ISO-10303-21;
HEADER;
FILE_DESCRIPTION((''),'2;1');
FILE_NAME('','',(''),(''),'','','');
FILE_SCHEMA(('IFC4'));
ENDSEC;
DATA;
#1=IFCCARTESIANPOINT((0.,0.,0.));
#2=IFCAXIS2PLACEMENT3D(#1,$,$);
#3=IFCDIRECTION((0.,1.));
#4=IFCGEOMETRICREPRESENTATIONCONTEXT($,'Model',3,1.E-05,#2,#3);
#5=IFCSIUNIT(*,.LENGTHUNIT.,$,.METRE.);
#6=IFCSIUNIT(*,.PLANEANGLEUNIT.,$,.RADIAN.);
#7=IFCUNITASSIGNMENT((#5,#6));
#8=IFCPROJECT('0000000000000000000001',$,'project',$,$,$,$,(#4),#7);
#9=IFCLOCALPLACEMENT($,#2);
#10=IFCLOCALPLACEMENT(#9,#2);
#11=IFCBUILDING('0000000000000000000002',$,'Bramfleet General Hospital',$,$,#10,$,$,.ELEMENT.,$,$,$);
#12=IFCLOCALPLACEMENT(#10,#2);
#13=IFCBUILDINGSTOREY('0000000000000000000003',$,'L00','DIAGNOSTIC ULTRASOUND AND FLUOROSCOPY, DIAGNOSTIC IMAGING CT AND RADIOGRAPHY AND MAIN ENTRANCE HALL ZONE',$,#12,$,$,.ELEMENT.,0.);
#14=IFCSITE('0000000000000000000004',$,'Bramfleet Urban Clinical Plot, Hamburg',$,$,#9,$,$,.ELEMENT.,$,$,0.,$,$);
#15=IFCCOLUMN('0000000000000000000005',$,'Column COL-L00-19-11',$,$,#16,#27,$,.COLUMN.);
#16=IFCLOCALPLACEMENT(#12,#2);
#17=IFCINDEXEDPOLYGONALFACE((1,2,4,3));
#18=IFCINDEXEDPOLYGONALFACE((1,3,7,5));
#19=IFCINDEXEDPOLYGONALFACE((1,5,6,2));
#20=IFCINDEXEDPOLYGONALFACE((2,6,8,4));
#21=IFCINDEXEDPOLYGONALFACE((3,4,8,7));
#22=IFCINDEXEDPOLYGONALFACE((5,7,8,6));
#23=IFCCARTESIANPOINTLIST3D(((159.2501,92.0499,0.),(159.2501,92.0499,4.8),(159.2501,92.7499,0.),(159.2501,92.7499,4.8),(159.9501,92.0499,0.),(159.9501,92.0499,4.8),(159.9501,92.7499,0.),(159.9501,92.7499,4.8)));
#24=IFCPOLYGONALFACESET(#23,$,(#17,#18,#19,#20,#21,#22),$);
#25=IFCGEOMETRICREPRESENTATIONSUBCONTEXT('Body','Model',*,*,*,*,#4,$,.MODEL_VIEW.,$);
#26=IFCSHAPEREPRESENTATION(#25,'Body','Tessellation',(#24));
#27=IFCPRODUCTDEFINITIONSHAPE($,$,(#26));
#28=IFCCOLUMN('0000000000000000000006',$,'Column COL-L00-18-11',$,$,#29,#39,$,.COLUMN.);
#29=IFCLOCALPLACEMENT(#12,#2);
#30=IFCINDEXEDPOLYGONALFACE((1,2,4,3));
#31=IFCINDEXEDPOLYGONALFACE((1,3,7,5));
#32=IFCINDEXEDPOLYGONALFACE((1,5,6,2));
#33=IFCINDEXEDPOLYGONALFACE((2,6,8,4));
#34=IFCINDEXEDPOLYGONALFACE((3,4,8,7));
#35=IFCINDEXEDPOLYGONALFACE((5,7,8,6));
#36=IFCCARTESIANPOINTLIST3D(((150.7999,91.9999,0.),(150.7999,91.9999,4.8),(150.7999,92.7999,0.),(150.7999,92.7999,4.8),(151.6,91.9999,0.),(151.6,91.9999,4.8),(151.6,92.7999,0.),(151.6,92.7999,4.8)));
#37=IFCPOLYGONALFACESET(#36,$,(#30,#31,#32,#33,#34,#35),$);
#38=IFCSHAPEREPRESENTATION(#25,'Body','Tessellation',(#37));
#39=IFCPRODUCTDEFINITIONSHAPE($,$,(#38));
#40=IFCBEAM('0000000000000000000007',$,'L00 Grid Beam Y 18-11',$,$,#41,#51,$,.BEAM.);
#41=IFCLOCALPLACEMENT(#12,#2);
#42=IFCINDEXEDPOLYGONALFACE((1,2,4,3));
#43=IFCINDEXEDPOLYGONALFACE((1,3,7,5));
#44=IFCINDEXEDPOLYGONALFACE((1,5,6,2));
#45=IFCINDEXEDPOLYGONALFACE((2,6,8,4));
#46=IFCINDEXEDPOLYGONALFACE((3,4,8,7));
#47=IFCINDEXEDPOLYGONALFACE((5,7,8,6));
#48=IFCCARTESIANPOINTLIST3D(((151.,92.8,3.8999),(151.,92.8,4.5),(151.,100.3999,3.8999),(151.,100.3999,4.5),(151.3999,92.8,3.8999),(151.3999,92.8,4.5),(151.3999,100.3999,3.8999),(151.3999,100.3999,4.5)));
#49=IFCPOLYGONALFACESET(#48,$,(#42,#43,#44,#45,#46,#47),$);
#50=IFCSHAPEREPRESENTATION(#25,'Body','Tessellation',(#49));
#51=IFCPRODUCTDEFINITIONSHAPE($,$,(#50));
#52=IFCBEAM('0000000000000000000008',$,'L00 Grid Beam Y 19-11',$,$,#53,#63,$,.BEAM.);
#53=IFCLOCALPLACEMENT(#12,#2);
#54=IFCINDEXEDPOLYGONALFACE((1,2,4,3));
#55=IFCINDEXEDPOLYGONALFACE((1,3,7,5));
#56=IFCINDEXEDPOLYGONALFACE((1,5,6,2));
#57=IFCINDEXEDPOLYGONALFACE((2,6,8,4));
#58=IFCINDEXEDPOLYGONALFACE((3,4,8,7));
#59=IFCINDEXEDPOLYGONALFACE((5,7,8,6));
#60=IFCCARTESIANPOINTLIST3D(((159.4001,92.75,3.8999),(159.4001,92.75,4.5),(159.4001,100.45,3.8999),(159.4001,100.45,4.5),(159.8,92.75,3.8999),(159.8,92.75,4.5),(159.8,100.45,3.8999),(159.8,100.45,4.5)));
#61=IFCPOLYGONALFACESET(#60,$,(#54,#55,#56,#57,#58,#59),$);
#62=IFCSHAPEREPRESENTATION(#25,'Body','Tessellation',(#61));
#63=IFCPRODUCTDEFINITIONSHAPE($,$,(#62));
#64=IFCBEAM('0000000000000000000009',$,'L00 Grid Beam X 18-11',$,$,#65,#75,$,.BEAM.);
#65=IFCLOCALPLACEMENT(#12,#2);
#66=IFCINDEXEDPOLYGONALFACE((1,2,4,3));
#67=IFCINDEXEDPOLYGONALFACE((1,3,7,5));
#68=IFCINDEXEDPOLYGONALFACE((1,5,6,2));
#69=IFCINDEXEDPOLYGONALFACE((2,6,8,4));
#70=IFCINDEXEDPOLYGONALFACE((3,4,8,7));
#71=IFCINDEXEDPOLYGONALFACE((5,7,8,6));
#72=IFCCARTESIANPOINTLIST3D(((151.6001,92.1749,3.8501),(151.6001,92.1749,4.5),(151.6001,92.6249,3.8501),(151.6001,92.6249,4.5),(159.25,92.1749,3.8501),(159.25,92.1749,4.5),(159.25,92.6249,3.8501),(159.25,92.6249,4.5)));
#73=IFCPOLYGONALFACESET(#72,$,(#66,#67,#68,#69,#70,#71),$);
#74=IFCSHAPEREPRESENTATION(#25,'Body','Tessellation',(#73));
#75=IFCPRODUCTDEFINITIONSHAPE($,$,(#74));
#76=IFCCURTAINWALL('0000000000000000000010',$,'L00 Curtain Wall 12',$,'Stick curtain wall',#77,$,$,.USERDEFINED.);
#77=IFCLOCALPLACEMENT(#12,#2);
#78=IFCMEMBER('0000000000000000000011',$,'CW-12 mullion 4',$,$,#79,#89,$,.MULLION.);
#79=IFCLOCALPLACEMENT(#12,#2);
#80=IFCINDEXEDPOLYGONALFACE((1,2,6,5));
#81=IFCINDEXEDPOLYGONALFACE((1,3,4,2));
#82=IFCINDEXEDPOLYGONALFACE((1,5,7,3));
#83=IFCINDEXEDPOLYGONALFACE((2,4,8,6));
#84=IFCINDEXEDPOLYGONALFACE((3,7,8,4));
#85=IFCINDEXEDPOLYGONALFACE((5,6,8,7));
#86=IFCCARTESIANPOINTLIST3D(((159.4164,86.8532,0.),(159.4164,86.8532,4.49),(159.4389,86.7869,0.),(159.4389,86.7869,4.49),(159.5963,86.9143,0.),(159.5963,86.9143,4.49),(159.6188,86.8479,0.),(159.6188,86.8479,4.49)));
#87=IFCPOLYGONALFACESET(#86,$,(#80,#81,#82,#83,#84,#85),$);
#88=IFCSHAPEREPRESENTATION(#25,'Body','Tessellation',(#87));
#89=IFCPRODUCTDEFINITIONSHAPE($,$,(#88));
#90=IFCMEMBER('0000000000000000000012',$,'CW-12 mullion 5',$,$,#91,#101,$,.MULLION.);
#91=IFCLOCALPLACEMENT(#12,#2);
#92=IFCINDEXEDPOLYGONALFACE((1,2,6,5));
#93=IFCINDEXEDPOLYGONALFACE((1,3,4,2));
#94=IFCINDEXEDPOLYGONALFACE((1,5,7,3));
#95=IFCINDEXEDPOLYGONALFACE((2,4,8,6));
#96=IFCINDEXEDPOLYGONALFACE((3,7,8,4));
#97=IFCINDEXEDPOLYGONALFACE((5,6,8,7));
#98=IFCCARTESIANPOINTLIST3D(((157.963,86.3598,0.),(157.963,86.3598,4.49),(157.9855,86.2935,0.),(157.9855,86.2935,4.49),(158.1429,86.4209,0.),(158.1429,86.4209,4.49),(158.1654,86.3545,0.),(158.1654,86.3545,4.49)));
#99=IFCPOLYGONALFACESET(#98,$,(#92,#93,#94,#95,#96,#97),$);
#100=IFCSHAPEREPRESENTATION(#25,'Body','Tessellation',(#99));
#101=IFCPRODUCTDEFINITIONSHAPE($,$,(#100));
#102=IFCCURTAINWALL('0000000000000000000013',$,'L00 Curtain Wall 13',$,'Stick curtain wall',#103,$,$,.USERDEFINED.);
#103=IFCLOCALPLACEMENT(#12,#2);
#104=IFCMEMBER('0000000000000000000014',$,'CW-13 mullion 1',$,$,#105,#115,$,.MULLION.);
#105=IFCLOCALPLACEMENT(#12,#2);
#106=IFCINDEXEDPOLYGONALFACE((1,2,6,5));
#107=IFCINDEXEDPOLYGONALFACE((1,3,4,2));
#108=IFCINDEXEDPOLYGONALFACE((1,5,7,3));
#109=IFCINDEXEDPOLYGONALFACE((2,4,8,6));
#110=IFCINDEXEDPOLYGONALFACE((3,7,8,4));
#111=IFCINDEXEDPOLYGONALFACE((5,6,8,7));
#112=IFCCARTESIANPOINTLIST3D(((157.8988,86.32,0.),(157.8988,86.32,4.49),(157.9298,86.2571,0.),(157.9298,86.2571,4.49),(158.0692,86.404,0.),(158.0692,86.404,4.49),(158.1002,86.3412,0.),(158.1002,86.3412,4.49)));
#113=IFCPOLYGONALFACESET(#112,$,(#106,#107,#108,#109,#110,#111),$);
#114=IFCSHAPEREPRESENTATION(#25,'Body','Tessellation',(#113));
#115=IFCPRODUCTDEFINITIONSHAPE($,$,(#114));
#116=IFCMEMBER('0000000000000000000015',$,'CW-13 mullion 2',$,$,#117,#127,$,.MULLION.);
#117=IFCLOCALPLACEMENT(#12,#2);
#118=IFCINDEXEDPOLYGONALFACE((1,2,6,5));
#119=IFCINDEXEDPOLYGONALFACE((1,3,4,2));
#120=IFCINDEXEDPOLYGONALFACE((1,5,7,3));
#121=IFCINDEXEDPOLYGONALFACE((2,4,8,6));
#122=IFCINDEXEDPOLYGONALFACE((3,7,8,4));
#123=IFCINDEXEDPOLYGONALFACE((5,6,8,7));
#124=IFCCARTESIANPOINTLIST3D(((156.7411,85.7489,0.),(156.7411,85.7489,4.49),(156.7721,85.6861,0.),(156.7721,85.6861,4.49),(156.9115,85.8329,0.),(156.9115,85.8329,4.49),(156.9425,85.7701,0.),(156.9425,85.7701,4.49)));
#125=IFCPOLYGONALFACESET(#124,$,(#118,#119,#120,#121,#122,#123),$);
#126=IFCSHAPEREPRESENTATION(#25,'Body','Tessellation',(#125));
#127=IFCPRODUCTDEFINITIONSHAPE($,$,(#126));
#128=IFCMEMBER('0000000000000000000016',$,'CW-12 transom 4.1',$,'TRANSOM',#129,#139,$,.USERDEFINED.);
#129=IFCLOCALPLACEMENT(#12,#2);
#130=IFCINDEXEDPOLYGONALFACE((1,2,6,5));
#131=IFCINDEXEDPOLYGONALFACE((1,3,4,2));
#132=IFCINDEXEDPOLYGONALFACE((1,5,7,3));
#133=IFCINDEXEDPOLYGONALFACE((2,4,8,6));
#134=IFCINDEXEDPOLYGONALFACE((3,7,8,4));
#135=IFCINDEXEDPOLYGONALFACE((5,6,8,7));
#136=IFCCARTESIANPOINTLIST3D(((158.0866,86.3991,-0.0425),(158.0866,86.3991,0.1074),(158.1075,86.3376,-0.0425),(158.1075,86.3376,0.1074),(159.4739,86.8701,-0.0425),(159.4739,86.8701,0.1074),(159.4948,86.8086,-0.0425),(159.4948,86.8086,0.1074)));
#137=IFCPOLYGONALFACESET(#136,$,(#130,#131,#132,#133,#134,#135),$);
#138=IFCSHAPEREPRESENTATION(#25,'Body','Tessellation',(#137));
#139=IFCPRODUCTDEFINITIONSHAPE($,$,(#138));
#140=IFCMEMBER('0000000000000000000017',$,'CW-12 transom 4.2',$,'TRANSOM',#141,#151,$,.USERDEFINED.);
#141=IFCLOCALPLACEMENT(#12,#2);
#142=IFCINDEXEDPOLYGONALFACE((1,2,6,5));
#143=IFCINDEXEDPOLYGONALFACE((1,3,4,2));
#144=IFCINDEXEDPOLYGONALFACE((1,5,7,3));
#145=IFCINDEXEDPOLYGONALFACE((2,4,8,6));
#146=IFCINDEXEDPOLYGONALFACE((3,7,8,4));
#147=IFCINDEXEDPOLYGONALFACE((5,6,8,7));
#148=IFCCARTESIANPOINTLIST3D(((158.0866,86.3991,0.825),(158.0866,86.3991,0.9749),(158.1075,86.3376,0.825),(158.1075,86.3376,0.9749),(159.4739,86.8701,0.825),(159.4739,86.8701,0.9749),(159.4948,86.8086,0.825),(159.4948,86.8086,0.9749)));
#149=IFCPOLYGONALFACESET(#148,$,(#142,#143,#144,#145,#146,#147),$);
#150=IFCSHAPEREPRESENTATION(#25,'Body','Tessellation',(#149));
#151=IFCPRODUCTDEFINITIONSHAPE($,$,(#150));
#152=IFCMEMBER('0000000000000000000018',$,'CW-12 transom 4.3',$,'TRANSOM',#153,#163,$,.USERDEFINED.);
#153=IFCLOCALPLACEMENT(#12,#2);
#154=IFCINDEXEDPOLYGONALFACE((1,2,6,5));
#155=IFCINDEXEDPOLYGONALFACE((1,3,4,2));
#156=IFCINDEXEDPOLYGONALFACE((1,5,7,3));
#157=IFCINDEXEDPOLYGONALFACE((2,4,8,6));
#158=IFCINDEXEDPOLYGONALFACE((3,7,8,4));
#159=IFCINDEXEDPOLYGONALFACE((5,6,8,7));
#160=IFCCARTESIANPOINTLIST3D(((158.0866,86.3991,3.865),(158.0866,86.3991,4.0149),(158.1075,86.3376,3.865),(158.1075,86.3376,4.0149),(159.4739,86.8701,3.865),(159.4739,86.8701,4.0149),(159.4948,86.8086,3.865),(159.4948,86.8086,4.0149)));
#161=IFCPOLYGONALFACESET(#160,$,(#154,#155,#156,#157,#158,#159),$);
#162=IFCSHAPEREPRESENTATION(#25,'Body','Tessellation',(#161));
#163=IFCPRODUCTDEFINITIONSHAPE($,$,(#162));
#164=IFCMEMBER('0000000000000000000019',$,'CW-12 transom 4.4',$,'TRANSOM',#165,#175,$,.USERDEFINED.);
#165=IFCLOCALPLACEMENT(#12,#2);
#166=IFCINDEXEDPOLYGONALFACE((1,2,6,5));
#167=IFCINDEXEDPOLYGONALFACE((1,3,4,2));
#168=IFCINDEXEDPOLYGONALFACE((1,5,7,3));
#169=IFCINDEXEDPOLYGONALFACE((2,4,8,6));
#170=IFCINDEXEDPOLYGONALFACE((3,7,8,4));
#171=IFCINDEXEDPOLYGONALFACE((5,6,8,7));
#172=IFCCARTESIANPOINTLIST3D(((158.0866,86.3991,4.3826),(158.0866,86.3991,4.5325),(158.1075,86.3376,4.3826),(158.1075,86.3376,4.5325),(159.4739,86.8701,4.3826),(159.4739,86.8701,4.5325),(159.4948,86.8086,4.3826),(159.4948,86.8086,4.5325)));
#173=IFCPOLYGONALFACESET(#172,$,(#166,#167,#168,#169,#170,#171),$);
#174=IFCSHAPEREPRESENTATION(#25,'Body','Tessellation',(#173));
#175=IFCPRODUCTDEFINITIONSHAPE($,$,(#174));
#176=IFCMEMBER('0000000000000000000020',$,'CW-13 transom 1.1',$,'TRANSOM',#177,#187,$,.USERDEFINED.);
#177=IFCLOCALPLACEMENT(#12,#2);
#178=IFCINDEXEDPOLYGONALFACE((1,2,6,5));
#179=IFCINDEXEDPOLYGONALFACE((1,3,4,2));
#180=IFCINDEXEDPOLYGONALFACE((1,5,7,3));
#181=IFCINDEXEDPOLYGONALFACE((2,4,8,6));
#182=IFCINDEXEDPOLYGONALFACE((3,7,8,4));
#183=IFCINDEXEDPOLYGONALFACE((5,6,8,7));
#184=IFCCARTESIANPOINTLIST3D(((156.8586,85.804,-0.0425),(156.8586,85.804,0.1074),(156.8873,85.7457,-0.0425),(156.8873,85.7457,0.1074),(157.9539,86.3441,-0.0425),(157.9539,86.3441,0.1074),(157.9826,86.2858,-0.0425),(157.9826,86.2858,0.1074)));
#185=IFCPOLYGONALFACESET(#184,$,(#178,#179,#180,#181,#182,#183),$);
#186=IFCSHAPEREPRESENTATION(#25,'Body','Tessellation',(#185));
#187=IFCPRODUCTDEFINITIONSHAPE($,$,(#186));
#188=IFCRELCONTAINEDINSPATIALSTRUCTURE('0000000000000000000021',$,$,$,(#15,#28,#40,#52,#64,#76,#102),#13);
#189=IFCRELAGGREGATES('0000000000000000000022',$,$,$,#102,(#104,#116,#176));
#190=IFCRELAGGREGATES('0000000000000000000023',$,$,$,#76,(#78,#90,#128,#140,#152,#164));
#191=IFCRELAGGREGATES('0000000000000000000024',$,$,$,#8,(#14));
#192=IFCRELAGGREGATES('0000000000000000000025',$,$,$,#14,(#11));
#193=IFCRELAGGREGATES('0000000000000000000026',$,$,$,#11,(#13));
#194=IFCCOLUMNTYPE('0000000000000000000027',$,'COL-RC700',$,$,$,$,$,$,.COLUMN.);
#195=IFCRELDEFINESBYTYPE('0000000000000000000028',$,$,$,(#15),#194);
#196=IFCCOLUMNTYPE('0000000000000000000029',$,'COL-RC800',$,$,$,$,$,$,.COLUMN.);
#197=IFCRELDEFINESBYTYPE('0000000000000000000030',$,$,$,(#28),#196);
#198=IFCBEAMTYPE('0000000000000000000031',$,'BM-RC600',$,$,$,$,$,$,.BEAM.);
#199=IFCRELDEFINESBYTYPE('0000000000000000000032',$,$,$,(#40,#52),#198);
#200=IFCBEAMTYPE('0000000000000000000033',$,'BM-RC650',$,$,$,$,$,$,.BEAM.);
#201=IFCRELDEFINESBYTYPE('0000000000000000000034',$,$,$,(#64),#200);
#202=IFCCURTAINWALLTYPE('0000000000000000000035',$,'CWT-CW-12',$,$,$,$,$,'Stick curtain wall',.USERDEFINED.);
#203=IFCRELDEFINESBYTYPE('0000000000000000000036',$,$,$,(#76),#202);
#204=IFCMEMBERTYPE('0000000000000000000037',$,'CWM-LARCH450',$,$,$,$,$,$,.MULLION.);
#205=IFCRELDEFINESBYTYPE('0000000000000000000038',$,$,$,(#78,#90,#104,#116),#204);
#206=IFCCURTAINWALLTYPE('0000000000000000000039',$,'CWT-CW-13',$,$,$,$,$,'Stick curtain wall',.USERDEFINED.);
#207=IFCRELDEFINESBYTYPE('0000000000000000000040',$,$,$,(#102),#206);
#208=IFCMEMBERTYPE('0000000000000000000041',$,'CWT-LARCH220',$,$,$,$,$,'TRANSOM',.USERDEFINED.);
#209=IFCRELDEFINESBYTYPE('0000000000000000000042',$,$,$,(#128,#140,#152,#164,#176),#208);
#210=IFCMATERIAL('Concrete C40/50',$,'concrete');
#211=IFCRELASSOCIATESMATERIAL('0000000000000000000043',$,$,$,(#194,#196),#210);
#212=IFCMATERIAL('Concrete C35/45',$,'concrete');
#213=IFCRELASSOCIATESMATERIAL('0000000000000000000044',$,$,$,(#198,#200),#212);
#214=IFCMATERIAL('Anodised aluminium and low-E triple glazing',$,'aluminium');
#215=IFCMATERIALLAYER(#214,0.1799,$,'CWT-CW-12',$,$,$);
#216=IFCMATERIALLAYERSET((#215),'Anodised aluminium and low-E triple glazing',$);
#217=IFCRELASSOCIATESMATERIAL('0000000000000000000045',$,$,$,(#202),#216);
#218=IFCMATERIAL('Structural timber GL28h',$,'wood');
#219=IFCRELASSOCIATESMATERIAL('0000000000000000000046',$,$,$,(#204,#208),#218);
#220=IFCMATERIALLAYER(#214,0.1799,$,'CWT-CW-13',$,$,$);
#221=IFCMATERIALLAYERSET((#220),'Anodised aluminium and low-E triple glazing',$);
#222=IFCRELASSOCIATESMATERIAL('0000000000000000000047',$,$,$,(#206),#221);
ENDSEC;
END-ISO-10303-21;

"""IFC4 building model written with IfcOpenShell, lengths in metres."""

from ifc_helpers import new_model, si_unit, direction, frame, origin, origin_2d, place, context, subcontext, project, spatial, rectangle, extrude, material, layer, layer_set, material_profile, profile_set, type_object, element, aggregate, save


model = new_model("IFC4")

# Units and contexts
model_context = context("Model", 3, precision=1e-05, world=origin(), true_north=direction((0.0, 1.0)))
body_context = subcontext(model_context, "Body", "Model", "MODEL_VIEW")
ifc_project = project(units=[si_unit("LENGTHUNIT", "METRE"), si_unit("PLANEANGLEUNIT", "RADIAN")], contexts=[model_context])

# Site, building, storey
site_placement = place(None, origin())
site = spatial("IfcSite", under=ifc_project, at=site_placement, Name="Bramfleet Urban Clinical Plot, Hamburg", CompositionType="ELEMENT", RefElevation=0.0)
building_placement = place(site_placement, origin())
building = spatial("IfcBuilding", under=site, at=building_placement, Name="Bramfleet General Hospital", CompositionType="ELEMENT")
storey_placement = place(building_placement, origin())
storey = spatial("IfcBuildingStorey", under=building, at=storey_placement, Name="L00", Description="DIAGNOSTIC ULTRASOUND AND FLUOROSCOPY, DIAGNOSTIC IMAGING CT AND RADIOGRAPHY AND MAIN ENTRANCE HALL ZONE", CompositionType="ELEMENT", Elevation=0.0)

# Columns
ifc_material_1 = material(Name="Concrete C40/50", Category="concrete")
ifc_material_profile_1 = material_profile(ifc_material_1, rectangle(XDim=0.7, YDim=0.7, at=origin_2d()), Name="RC COL 700x700")
ifc_profile_set_1 = profile_set([ifc_material_profile_1], Name="Concrete C40/50")
column_type_1 = type_object("IfcColumnType", Name="COL-RC700", PredefinedType="COLUMN", material=ifc_profile_set_1)
column_1_placement = place(storey_placement, frame((159.6001, 92.3999, 0.0), z_axis=(0.0, 0.0, 1.0), x_axis=(1.0, 0.0, 0.0)))
element("IfcColumn", 1, at=column_1_placement, inside=storey, type_object=column_type_1, Name="Column COL-L00-19-11", PredefinedType="COLUMN", context=body_context, shape_type="SweptSolid", body=[
    extrude(rectangle(XDim=0.7, YDim=0.7, at=origin_2d()), origin(), (0.0, 0.0, 1.0), 4.8),
])
ifc_material_profile_2 = material_profile(ifc_material_1, rectangle(XDim=0.8, YDim=0.8, at=origin_2d()), Name="RC COL 800x800")
ifc_profile_set_2 = profile_set([ifc_material_profile_2], Name="Concrete C40/50")
column_type_2 = type_object("IfcColumnType", Name="COL-RC800", PredefinedType="COLUMN", material=ifc_profile_set_2)
column_2_placement = place(storey_placement, frame((151.2, 92.3999, 0.0), z_axis=(0.0, 0.0, 1.0), x_axis=(1.0, 0.0, 0.0)))
element("IfcColumn", 2, at=column_2_placement, inside=storey, type_object=column_type_2, Name="Column COL-L00-18-11", PredefinedType="COLUMN", context=body_context, shape_type="SweptSolid", body=[
    extrude(rectangle(XDim=0.8, YDim=0.8, at=origin_2d()), origin(), (0.0, 0.0, 1.0), 4.8),
])

# Beams
ifc_material_2 = material(Name="Concrete C35/45", Category="concrete")
ifc_material_profile_3 = material_profile(ifc_material_2, rectangle(XDim=0.3999, YDim=0.6001, at=origin_2d()), Name="RC BM 600x400")
ifc_profile_set_3 = profile_set([ifc_material_profile_3], Name="Concrete C35/45")
beam_type_1 = type_object("IfcBeamType", Name="BM-RC600", PredefinedType="BEAM", material=ifc_profile_set_3)
beam_1_placement = place(storey_placement, frame((151.2, 92.8, 4.2), z_axis=(0.0, 1.0, 0.0), x_axis=(-1.0, 0.0, 0.0)))
element("IfcBeam", 3, at=beam_1_placement, inside=storey, type_object=beam_type_1, Name="L00 Grid Beam Y 18-11", PredefinedType="BEAM", context=body_context, shape_type="SweptSolid", body=[
    extrude(rectangle(XDim=0.3999, YDim=0.6001, at=origin_2d()), origin(), (0.0, 0.0, 1.0), 7.5999),
])
beam_2_placement = place(storey_placement, frame((159.6001, 92.75, 4.2), z_axis=(0.0, 1.0, 0.0), x_axis=(-1.0, 0.0, 0.0)))
element("IfcBeam", 4, at=beam_2_placement, inside=storey, type_object=beam_type_1, Name="L00 Grid Beam Y 19-11", PredefinedType="BEAM", context=body_context, shape_type="SweptSolid", body=[
    extrude(rectangle(XDim=0.3999, YDim=0.6001, at=origin_2d()), origin(), (0.0, 0.0, 1.0), 7.7),
])
ifc_material_profile_4 = material_profile(ifc_material_2, rectangle(XDim=0.45, YDim=0.6499, at=origin_2d()), Name="RC BM 650x450")
ifc_profile_set_4 = profile_set([ifc_material_profile_4], Name="Concrete C35/45")
beam_type_2 = type_object("IfcBeamType", Name="BM-RC650", PredefinedType="BEAM", material=ifc_profile_set_4)
beam_3_placement = place(storey_placement, frame((151.6001, 92.3999, 4.175), z_axis=(1.0, 0.0, 0.0), x_axis=(0.0, 1.0, 0.0)))
element("IfcBeam", 5, at=beam_3_placement, inside=storey, type_object=beam_type_2, Name="L00 Grid Beam X 18-11", PredefinedType="BEAM", context=body_context, shape_type="SweptSolid", body=[
    extrude(rectangle(XDim=0.45, YDim=0.6499, at=origin_2d()), origin(), (0.0, 0.0, 1.0), 7.6499),
])

# Curtain walls, members
ifc_material_3 = material(Name="Anodised aluminium and low-E triple glazing", Category="aluminium")
ifc_layer_1 = layer(ifc_material_3, 0.1799, Name="CWT-CW-12")
ifc_layer_set_1 = layer_set([ifc_layer_1], Name="Anodised aluminium and low-E triple glazing")
curtain_wall_type_1 = type_object("IfcCurtainWallType", Name="CWT-CW-12", ElementType="Stick curtain wall", PredefinedType="USERDEFINED", material=ifc_layer_set_1)
curtain_wall_1_placement = place(storey_placement, origin())
curtain_wall_1 = element("IfcCurtainWall", 6, at=curtain_wall_1_placement, inside=storey, type_object=curtain_wall_type_1, Name="L00 Curtain Wall 12", ObjectType="Stick curtain wall", PredefinedType="USERDEFINED")
ifc_material_4 = material(Name="Structural timber GL28h", Category="wood")
ifc_material_profile_5 = material_profile(ifc_material_4, rectangle(XDim=0.0701, YDim=0.1899, at=origin_2d()), Name="LARCH 190x70")
ifc_profile_set_5 = profile_set([ifc_material_profile_5], Name="Structural timber GL28h")
member_type_1 = type_object("IfcMemberType", Name="CWM-LARCH450", PredefinedType="MULLION", material=ifc_profile_set_5)
member_1_placement = place(storey_placement, frame((159.5176, 86.8506, 0.0), z_axis=(0.0, 0.0, 1.0), x_axis=(0.321383, -0.946949, 0.0)))
member_1 = element("IfcMember", 7, at=member_1_placement, type_object=member_type_1, Name="CW-12 mullion 4", PredefinedType="MULLION", context=body_context, shape_type="SweptSolid", body=[
    extrude(rectangle(XDim=0.0701, YDim=0.1899, at=origin_2d()), origin(), (0.0, 0.0, 1.0), 4.49),
])
member_2_placement = place(storey_placement, frame((158.0642, 86.3572, 0.0), z_axis=(0.0, 0.0, 1.0), x_axis=(0.321383, -0.946949, 0.0)))
member_2 = element("IfcMember", 8, at=member_2_placement, type_object=member_type_1, Name="CW-12 mullion 5", PredefinedType="MULLION", context=body_context, shape_type="SweptSolid", body=[
    extrude(rectangle(XDim=0.0701, YDim=0.1899, at=origin_2d()), origin(), (0.0, 0.0, 1.0), 4.49),
])
ifc_layer_2 = layer(ifc_material_3, 0.1799, Name="CWT-CW-13")
ifc_layer_set_2 = layer_set([ifc_layer_2], Name="Anodised aluminium and low-E triple glazing")
curtain_wall_type_2 = type_object("IfcCurtainWallType", Name="CWT-CW-13", ElementType="Stick curtain wall", PredefinedType="USERDEFINED", material=ifc_layer_set_2)
curtain_wall_2_placement = place(storey_placement, origin())
curtain_wall_2 = element("IfcCurtainWall", 9, at=curtain_wall_2_placement, inside=storey, type_object=curtain_wall_type_2, Name="L00 Curtain Wall 13", ObjectType="Stick curtain wall", PredefinedType="USERDEFINED")
member_3_placement = place(storey_placement, frame((157.9995, 86.3306, 0.0), z_axis=(0.0, 0.0, 1.0), x_axis=(0.442305, -0.896865, 0.0)))
member_3 = element("IfcMember", 10, at=member_3_placement, type_object=member_type_1, Name="CW-13 mullion 1", PredefinedType="MULLION", context=body_context, shape_type="SweptSolid", body=[
    extrude(rectangle(XDim=0.0701, YDim=0.1899, at=origin_2d()), origin(), (0.0, 0.0, 1.0), 4.49),
])
member_4_placement = place(storey_placement, frame((156.8418, 85.7595, 0.0), z_axis=(0.0, 0.0, 1.0), x_axis=(0.442305, -0.896865, 0.0)))
member_4 = element("IfcMember", 11, at=member_4_placement, type_object=member_type_1, Name="CW-13 mullion 2", PredefinedType="MULLION", context=body_context, shape_type="SweptSolid", body=[
    extrude(rectangle(XDim=0.0701, YDim=0.1899, at=origin_2d()), origin(), (0.0, 0.0, 1.0), 4.49),
])

# Members
ifc_material_profile_6 = material_profile(ifc_material_4, rectangle(XDim=0.0649, YDim=0.1499, at=origin_2d()), Name="LARCH 150x65")
ifc_profile_set_6 = profile_set([ifc_material_profile_6], Name="Structural timber GL28h")
member_type_2 = type_object("IfcMemberType", Name="CWT-LARCH220", ElementType="TRANSOM", PredefinedType="USERDEFINED", material=ifc_profile_set_6)
member_5_placement = place(storey_placement, frame((159.4844, 86.8394, 0.0325), z_axis=(-0.946919, -0.321472, 0.0), x_axis=(0.321472, -0.946919, 0.0)))
member_5 = element("IfcMember", 12, at=member_5_placement, type_object=member_type_2, Name="CW-12 transom 4.1", ObjectType="TRANSOM", PredefinedType="USERDEFINED", context=body_context, shape_type="SweptSolid", body=[
    extrude(rectangle(XDim=0.0649, YDim=0.1499, at=origin_2d()), origin(), (0.0, 0.0, 1.0), 1.4651),
])
member_6_placement = place(storey_placement, frame((159.4844, 86.8394, 0.8999), z_axis=(-0.946919, -0.321472, 0.0), x_axis=(0.321472, -0.946919, 0.0)))
member_6 = element("IfcMember", 13, at=member_6_placement, type_object=member_type_2, Name="CW-12 transom 4.2", ObjectType="TRANSOM", PredefinedType="USERDEFINED", context=body_context, shape_type="SweptSolid", body=[
    extrude(rectangle(XDim=0.0649, YDim=0.1499, at=origin_2d()), origin(), (0.0, 0.0, 1.0), 1.4651),
])
member_7_placement = place(storey_placement, frame((159.4844, 86.8394, 3.9399), z_axis=(-0.946919, -0.321472, 0.0), x_axis=(0.321472, -0.946919, 0.0)))
member_7 = element("IfcMember", 14, at=member_7_placement, type_object=member_type_2, Name="CW-12 transom 4.3", ObjectType="TRANSOM", PredefinedType="USERDEFINED", context=body_context, shape_type="SweptSolid", body=[
    extrude(rectangle(XDim=0.0649, YDim=0.1499, at=origin_2d()), origin(), (0.0, 0.0, 1.0), 1.4651),
])
member_8_placement = place(storey_placement, frame((159.4844, 86.8394, 4.4575), z_axis=(-0.946919, -0.321472, 0.0), x_axis=(0.321472, -0.946919, 0.0)))
member_8 = element("IfcMember", 15, at=member_8_placement, type_object=member_type_2, Name="CW-12 transom 4.4", ObjectType="TRANSOM", PredefinedType="USERDEFINED", context=body_context, shape_type="SweptSolid", body=[
    extrude(rectangle(XDim=0.0649, YDim=0.1499, at=origin_2d()), origin(), (0.0, 0.0, 1.0), 1.4651),
])
member_9_placement = place(storey_placement, frame((157.9683, 86.3149, 0.0325), z_axis=(-0.896893, -0.442248, 0.0), x_axis=(0.442248, -0.896893, 0.0)))
member_9 = element("IfcMember", 16, at=member_9_placement, type_object=member_type_2, Name="CW-13 transom 1.1", ObjectType="TRANSOM", PredefinedType="USERDEFINED", context=body_context, shape_type="SweptSolid", body=[
    extrude(rectangle(XDim=0.0649, YDim=0.1499, at=origin_2d()), origin(), (0.0, 0.0, 1.0), 1.2212),
])

aggregate(curtain_wall_2, [member_3, member_4, member_9])
aggregate(curtain_wall_1, [member_1, member_2, member_5, member_6, member_7, member_8])

save(model, "model.ifc")
